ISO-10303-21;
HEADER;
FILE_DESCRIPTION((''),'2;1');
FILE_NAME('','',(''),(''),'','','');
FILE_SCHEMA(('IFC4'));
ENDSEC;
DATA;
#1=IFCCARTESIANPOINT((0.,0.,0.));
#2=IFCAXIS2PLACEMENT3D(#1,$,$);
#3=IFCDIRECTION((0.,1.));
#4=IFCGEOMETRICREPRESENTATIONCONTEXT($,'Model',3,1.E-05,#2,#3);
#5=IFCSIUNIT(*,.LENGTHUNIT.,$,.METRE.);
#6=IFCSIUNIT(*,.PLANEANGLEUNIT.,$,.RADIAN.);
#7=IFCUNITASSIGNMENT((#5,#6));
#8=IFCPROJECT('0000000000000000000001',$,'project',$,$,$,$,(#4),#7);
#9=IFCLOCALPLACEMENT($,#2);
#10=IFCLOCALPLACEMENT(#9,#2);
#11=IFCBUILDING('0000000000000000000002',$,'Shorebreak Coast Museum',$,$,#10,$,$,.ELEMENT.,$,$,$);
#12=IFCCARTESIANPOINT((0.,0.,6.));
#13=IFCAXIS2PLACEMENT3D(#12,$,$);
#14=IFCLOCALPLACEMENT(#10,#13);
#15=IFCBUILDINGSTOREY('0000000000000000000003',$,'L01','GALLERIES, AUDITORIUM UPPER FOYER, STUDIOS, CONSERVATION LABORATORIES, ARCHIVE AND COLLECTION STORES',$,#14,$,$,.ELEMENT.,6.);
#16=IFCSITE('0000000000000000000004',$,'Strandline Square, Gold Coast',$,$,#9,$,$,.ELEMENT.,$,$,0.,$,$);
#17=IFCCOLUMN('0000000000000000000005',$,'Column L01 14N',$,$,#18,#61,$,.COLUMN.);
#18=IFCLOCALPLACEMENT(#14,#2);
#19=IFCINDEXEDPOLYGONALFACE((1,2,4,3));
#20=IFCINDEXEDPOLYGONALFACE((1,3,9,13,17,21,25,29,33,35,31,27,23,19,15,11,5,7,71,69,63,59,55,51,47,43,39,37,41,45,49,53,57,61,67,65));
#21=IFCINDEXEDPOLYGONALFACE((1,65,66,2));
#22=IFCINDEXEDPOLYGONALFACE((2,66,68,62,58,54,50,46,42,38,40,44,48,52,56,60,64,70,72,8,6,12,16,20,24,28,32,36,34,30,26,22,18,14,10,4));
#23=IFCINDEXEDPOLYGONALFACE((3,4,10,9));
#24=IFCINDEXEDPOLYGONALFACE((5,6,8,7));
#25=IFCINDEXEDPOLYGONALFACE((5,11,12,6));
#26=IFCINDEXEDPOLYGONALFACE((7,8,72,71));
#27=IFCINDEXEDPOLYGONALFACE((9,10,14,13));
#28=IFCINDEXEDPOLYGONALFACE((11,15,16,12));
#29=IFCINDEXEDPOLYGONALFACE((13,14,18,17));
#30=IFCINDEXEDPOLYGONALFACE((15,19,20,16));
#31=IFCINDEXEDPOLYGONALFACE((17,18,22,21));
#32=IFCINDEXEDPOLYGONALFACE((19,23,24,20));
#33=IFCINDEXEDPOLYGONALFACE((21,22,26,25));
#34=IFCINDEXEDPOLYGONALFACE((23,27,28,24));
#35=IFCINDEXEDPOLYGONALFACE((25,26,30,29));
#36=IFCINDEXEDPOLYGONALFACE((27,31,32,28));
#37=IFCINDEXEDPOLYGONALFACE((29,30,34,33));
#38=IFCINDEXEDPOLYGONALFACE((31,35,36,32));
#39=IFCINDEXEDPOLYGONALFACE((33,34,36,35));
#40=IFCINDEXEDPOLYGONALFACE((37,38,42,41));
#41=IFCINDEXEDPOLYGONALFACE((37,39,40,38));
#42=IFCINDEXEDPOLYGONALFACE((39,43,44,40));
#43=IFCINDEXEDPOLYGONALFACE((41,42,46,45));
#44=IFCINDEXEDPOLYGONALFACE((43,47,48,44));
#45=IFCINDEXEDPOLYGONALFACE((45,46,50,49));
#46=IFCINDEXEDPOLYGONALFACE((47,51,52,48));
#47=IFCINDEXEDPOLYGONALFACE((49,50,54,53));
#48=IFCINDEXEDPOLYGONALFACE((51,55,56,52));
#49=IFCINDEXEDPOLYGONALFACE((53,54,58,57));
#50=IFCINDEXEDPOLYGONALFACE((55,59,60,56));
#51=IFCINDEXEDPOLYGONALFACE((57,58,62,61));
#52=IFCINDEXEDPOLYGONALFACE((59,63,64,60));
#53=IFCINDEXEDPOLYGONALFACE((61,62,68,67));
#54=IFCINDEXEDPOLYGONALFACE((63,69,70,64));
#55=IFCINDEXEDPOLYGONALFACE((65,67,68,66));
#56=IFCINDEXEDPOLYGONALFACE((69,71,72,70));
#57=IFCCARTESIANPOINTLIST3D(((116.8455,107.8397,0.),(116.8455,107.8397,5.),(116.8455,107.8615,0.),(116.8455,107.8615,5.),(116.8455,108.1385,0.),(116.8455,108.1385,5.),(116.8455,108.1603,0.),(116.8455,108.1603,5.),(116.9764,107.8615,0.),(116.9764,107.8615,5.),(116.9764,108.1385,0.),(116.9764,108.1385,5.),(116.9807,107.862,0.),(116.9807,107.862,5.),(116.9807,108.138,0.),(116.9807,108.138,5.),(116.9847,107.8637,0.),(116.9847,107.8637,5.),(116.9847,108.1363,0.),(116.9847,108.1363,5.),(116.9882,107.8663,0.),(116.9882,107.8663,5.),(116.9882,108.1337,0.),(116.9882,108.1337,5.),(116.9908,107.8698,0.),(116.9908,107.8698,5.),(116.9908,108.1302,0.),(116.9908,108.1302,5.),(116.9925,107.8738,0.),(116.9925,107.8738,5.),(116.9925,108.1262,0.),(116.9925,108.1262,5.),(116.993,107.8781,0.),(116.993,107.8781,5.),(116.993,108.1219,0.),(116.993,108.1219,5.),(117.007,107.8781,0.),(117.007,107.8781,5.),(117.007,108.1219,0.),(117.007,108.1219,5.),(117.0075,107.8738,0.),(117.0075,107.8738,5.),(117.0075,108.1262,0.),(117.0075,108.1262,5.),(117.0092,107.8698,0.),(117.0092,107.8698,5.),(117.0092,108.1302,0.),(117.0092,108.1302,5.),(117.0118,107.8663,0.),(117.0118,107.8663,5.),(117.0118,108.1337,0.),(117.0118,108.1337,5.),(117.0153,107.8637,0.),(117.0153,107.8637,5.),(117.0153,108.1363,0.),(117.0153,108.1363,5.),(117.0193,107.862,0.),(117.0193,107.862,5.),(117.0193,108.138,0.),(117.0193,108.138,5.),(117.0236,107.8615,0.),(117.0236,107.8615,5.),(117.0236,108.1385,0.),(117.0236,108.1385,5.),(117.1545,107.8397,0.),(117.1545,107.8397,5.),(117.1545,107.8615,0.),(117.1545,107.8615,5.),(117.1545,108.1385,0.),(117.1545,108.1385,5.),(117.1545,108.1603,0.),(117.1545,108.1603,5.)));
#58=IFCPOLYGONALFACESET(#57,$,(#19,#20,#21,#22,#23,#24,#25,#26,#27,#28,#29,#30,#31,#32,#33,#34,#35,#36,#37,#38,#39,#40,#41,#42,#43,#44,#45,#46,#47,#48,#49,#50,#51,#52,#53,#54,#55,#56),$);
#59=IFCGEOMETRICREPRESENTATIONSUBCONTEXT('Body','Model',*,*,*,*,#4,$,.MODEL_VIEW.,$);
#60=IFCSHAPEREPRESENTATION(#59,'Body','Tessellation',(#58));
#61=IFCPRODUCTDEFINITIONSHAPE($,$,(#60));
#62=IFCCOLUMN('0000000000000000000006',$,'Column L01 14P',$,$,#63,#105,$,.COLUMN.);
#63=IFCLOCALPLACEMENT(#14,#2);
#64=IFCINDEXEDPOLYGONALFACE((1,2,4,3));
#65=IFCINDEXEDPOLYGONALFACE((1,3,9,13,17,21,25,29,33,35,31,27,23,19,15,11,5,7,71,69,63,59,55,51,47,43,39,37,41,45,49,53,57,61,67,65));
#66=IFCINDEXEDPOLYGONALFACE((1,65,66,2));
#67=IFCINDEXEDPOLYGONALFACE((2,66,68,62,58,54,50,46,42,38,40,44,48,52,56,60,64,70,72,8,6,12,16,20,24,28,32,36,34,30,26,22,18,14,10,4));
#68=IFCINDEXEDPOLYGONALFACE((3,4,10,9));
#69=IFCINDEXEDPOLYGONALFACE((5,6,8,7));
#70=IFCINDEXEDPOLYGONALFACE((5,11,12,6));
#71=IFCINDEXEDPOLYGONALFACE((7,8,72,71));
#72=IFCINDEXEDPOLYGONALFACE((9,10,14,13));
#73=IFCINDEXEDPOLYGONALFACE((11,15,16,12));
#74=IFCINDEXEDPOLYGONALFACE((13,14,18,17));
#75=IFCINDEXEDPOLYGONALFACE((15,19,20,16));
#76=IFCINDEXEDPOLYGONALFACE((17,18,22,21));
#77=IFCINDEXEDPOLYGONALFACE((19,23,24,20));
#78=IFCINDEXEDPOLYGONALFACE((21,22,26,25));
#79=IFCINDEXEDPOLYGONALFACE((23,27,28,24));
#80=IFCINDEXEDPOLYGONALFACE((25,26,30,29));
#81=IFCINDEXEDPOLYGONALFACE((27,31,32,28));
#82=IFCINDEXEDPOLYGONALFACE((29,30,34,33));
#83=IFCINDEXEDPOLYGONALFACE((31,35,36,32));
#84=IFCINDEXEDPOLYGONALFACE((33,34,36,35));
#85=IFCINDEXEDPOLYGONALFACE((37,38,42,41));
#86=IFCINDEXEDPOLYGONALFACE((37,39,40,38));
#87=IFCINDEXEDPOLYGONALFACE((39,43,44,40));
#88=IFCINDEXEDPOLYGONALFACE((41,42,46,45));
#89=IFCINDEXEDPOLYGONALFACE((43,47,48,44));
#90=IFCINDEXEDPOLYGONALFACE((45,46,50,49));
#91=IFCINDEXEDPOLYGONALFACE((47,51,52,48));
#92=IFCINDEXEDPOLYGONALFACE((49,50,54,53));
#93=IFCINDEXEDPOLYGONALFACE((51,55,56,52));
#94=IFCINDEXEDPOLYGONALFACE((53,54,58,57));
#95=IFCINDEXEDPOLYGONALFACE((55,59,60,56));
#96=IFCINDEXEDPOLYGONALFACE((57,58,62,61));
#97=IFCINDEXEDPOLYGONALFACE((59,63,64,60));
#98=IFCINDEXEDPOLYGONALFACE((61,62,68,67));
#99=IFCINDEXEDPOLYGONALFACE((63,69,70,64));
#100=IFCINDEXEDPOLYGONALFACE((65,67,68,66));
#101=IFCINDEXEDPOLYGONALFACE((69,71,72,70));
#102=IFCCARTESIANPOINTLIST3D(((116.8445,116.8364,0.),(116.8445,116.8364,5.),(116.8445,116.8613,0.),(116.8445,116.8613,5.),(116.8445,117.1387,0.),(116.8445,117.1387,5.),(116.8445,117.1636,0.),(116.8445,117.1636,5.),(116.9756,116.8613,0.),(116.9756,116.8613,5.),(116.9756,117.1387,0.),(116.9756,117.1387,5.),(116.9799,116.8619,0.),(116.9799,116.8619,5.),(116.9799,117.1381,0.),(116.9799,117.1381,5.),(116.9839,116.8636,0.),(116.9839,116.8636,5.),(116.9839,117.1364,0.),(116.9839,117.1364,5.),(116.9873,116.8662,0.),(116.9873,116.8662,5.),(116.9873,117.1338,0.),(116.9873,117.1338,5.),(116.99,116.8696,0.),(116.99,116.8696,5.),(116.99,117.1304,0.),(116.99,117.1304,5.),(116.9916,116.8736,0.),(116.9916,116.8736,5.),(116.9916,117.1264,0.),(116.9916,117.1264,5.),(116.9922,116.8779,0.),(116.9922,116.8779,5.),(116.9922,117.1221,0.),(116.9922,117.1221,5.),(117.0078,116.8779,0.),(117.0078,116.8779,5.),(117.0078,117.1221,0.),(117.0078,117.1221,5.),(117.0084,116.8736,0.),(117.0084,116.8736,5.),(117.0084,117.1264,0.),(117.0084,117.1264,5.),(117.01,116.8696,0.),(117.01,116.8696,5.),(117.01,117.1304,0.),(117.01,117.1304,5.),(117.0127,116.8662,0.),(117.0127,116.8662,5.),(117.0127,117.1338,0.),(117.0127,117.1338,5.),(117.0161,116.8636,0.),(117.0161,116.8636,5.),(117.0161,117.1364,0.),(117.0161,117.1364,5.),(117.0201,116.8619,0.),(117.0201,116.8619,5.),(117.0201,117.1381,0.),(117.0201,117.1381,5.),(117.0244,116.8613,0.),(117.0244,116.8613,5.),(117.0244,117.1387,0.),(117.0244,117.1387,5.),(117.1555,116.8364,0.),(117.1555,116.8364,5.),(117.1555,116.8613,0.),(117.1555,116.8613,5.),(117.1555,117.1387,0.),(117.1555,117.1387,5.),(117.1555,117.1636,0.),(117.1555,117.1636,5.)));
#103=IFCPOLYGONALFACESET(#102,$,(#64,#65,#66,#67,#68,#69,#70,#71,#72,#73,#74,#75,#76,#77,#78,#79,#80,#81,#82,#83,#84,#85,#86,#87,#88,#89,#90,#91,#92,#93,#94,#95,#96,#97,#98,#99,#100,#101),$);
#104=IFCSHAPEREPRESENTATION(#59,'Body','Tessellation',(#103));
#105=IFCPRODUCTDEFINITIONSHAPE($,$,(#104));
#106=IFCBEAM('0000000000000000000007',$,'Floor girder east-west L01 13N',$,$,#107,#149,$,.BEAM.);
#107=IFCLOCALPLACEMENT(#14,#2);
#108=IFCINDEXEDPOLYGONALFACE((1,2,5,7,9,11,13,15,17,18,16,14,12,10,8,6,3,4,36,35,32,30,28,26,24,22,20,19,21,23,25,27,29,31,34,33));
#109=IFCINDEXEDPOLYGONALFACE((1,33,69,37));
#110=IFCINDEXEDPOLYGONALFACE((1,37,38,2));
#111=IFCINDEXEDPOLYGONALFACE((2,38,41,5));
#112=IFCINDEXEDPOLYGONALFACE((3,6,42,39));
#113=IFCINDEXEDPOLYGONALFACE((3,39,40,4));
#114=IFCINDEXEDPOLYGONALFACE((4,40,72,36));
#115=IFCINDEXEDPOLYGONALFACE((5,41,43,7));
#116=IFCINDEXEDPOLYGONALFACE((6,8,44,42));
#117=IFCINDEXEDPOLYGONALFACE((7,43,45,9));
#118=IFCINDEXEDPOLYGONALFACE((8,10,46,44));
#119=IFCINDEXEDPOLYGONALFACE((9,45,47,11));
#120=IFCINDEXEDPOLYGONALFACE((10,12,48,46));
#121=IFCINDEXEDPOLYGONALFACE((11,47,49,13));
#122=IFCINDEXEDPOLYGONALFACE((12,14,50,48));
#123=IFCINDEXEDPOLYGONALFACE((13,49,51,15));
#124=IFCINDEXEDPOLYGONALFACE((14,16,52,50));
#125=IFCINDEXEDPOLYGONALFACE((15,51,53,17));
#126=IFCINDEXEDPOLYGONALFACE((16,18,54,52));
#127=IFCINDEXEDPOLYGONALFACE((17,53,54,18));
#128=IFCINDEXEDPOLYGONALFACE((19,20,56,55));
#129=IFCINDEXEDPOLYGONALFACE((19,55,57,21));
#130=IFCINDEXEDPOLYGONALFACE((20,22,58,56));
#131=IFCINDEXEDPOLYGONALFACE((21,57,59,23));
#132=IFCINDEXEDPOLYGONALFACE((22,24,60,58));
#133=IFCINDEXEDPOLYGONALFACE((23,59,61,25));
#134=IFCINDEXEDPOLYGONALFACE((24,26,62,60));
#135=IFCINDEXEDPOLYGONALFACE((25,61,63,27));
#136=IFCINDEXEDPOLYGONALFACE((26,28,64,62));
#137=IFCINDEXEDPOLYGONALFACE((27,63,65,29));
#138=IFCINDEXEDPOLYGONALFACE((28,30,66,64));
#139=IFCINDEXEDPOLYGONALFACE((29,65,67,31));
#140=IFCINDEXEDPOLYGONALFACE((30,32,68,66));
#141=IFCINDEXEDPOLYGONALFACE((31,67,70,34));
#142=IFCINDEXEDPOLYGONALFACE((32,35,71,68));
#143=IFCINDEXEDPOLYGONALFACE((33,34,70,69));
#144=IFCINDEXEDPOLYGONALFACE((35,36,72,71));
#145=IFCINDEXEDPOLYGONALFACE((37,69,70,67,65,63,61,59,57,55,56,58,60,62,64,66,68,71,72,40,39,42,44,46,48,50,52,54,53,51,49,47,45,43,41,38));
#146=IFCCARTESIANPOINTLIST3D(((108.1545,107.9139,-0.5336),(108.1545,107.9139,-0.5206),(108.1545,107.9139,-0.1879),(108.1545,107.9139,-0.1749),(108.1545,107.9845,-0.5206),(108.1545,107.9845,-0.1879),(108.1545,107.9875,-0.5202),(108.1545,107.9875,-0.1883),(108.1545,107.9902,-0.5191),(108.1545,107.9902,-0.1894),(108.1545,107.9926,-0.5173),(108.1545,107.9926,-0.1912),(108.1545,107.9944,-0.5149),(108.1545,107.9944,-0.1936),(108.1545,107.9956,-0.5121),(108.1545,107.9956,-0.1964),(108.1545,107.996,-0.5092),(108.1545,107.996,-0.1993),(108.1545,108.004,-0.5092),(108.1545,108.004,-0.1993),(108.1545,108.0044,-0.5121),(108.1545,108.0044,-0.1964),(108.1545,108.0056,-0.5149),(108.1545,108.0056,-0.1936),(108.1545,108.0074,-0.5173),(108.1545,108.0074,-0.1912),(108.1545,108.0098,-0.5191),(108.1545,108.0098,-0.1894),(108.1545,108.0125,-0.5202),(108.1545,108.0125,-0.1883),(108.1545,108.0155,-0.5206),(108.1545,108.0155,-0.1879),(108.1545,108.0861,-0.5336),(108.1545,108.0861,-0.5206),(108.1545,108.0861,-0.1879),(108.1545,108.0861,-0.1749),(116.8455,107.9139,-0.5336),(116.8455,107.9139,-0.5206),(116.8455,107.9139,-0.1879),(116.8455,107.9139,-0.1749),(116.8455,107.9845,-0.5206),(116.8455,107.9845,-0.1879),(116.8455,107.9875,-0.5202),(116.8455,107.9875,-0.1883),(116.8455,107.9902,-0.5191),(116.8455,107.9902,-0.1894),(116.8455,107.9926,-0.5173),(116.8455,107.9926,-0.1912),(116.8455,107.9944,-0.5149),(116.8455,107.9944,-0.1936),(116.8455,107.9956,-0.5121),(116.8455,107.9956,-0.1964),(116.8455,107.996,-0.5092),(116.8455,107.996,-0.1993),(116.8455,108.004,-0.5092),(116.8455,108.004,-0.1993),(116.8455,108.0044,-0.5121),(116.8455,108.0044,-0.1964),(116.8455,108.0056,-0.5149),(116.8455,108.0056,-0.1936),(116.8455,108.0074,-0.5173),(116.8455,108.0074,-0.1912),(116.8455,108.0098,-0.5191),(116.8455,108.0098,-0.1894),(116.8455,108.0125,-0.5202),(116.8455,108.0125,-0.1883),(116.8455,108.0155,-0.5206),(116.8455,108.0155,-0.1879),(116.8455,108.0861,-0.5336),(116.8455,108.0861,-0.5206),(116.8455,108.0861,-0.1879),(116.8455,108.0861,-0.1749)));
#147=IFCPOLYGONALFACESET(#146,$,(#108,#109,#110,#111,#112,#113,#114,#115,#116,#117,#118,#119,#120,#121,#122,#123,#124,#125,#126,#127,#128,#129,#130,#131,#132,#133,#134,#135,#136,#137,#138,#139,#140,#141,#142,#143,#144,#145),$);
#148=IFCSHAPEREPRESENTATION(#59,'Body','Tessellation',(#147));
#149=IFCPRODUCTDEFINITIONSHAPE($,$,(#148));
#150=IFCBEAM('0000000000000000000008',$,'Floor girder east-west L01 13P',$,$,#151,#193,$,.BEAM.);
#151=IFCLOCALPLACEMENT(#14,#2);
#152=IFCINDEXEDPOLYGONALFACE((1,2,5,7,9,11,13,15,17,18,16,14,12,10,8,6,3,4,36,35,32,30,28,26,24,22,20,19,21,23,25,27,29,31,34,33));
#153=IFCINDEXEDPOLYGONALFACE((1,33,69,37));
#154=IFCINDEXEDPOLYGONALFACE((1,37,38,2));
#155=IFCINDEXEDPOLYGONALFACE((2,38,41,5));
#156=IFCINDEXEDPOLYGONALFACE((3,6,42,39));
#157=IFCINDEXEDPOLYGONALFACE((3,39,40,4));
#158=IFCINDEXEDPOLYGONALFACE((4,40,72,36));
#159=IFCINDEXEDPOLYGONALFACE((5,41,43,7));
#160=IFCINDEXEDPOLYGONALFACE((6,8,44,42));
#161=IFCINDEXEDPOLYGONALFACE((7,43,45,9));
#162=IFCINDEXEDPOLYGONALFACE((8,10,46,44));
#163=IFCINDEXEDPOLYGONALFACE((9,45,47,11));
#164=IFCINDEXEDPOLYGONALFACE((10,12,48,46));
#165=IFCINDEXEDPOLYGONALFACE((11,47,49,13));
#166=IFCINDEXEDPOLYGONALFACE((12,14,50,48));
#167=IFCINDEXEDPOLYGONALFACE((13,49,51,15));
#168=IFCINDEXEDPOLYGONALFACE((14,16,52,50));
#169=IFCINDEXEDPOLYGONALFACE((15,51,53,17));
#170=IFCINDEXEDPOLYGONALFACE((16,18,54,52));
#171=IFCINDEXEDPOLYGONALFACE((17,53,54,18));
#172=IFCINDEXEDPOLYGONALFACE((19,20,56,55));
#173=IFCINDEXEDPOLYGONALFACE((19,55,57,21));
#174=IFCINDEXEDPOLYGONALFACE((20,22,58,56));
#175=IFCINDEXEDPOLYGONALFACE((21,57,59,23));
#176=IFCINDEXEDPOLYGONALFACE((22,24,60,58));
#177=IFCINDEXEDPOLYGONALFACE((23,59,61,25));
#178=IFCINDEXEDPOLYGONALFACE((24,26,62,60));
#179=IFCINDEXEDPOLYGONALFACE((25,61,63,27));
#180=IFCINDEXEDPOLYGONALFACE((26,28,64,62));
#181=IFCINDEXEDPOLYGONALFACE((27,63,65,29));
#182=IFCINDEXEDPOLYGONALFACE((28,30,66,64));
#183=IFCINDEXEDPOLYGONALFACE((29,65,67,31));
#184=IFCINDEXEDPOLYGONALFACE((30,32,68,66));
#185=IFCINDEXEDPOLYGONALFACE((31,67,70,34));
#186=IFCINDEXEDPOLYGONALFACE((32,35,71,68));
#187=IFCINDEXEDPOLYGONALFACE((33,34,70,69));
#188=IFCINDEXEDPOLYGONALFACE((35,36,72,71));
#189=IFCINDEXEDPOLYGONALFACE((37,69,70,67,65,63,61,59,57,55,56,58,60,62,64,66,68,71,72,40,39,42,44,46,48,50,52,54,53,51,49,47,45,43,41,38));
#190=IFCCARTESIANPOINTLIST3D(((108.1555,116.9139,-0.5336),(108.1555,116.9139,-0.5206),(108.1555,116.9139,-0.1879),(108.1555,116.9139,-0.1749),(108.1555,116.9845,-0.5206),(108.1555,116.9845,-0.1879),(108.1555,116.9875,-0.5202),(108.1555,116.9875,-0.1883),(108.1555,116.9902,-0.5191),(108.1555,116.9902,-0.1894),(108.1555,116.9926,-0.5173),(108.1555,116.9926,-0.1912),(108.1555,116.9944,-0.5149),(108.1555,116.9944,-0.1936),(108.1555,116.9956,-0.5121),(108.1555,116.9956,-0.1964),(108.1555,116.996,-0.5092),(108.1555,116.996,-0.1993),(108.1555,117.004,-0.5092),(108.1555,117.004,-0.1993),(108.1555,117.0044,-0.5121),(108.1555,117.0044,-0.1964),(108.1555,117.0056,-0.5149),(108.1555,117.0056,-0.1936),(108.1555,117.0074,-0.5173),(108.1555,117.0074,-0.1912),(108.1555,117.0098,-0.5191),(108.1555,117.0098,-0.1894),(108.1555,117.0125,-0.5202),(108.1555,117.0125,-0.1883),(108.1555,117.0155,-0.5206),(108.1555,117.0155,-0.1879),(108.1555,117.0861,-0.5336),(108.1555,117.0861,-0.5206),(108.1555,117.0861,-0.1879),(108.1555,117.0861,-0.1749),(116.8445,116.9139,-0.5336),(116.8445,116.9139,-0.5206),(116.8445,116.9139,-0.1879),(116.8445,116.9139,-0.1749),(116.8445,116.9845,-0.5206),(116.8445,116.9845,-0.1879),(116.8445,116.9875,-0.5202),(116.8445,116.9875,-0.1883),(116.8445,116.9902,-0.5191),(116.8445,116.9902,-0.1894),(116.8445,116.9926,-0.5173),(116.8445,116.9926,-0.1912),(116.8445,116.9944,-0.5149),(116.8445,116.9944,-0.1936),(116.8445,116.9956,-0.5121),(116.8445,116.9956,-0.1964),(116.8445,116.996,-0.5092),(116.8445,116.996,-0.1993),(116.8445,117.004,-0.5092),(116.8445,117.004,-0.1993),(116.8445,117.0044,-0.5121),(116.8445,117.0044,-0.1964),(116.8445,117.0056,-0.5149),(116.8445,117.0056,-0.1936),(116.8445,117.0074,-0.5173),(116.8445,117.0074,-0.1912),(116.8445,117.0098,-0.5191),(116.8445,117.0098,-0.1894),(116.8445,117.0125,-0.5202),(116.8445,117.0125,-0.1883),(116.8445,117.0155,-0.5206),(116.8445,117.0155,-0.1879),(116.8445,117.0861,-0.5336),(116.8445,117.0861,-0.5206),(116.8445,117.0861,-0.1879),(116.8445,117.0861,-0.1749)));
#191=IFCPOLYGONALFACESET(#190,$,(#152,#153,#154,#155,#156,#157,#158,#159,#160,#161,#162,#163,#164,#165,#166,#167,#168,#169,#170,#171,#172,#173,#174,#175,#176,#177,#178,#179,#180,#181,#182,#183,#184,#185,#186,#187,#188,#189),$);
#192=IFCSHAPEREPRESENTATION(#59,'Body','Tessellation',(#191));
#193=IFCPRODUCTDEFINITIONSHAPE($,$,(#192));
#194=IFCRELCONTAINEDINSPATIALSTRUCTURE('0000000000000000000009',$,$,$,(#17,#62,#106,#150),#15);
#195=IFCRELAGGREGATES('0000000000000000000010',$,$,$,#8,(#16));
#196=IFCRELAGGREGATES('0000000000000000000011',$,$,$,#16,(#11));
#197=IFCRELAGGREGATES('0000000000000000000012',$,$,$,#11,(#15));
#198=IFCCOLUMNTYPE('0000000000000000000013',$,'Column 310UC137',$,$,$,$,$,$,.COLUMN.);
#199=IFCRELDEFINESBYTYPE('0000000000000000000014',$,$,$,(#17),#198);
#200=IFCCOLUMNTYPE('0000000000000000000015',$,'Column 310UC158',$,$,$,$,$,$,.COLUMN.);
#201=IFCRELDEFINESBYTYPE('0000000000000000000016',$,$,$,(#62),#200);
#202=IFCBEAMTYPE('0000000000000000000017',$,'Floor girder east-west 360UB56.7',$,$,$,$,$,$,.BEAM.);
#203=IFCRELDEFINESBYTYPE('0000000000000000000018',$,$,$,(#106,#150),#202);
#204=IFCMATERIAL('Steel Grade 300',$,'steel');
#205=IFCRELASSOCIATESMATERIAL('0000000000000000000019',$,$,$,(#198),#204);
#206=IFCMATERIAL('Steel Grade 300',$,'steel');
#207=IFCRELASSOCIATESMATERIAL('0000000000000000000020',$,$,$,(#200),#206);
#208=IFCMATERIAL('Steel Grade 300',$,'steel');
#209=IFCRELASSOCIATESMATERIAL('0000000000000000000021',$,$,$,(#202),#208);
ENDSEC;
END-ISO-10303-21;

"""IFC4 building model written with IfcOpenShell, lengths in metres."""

from ifc_helpers import new_model, si_unit, direction, frame, origin, origin_2d, place, context, subcontext, project, spatial, i_section, extrude, material, material_profile, profile_set, type_object, element, save


model = new_model("IFC4")

# Units and contexts
model_context = context("Model", 3, precision=1e-05, world=origin(), true_north=direction((0.0, 1.0)))
body_context = subcontext(model_context, "Body", "Model", "MODEL_VIEW")
ifc_project = project(units=[si_unit("LENGTHUNIT", "METRE"), si_unit("PLANEANGLEUNIT", "RADIAN")], contexts=[model_context])

# Site, building, storey
site_placement = place(None, origin())
site = spatial("IfcSite", under=ifc_project, at=site_placement, Name="Strandline Square, Gold Coast", CompositionType="ELEMENT", RefElevation=0.0)
building_placement = place(site_placement, origin())
building = spatial("IfcBuilding", under=site, at=building_placement, Name="Shorebreak Coast Museum", CompositionType="ELEMENT")
storey_placement = place(building_placement, frame((0.0, 0.0, 6.0)))
storey = spatial("IfcBuildingStorey", under=building, at=storey_placement, Name="L01", Description="GALLERIES, AUDITORIUM UPPER FOYER, STUDIOS, CONSERVATION LABORATORIES, ARCHIVE AND COLLECTION STORES", CompositionType="ELEMENT", Elevation=6.0)

# Columns
ifc_material_1 = material(Name="Steel Grade 300", Category="steel")
ifc_material_profile_1 = material_profile(ifc_material_1, i_section(OverallWidth=0.3091, OverallDepth=0.3206, WebThickness=0.0139, FlangeThickness=0.0217, FilletRadius=0.0166, at=origin_2d()), Name="310UC137")
ifc_profile_set_1 = profile_set([ifc_material_profile_1], Name="Steel Grade 300")
column_type_1 = type_object("IfcColumnType", Name="Column 310UC137", PredefinedType="COLUMN", material=ifc_profile_set_1)
column_1_placement = place(storey_placement, frame((117.0, 108.0, 0.0), z_axis=(0.0, 0.0, 1.0), x_axis=(1.0, 0.0, 0.0)))
element("IfcColumn", 1, at=column_1_placement, inside=storey, type_object=column_type_1, Name="Column L01 14N", PredefinedType="COLUMN", context=body_context, shape_type="SweptSolid", body=[
    extrude(i_section(OverallWidth=0.3091, OverallDepth=0.3206, WebThickness=0.0139, FlangeThickness=0.0217, FilletRadius=0.0166, at=origin_2d()), origin(), (0.0, 0.0, 1.0), 5.0),
])
ifc_material_2 = material(Name="Steel Grade 300", Category="steel")
ifc_material_profile_2 = material_profile(ifc_material_2, i_section(OverallWidth=0.311, OverallDepth=0.3271, WebThickness=0.0156, FlangeThickness=0.0249, FilletRadius=0.0166, at=origin_2d()), Name="310UC158")
ifc_profile_set_2 = profile_set([ifc_material_profile_2], Name="Steel Grade 300")
column_type_2 = type_object("IfcColumnType", Name="Column 310UC158", PredefinedType="COLUMN", material=ifc_profile_set_2)
column_2_placement = place(storey_placement, frame((117.0, 117.0, 0.0), z_axis=(0.0, 0.0, 1.0), x_axis=(1.0, 0.0, 0.0)))
element("IfcColumn", 2, at=column_2_placement, inside=storey, type_object=column_type_2, Name="Column L01 14P", PredefinedType="COLUMN", context=body_context, shape_type="SweptSolid", body=[
    extrude(i_section(OverallWidth=0.311, OverallDepth=0.3271, WebThickness=0.0156, FlangeThickness=0.0249, FilletRadius=0.0166, at=origin_2d()), origin(), (0.0, 0.0, 1.0), 5.0),
])

# Beams
ifc_material_3 = material(Name="Steel Grade 300", Category="steel")
ifc_material_profile_3 = material_profile(ifc_material_3, i_section(OverallWidth=0.1721, OverallDepth=0.3586, WebThickness=0.0081, FlangeThickness=0.0129, FilletRadius=0.0115, at=origin_2d()), Name="360UB56.7")
ifc_profile_set_3 = profile_set([ifc_material_profile_3], Name="Steel Grade 300")
beam_type_1 = type_object("IfcBeamType", Name="Floor girder east-west 360UB56.7", PredefinedType="BEAM", material=ifc_profile_set_3)
beam_1_placement = place(storey_placement, frame((108.1545, 108.0, -0.3542), z_axis=(1.0, 0.0, 0.0), x_axis=(0.0, 1.0, 0.0)))
element("IfcBeam", 3, at=beam_1_placement, inside=storey, type_object=beam_type_1, Name="Floor girder east-west L01 13N", PredefinedType="BEAM", context=body_context, shape_type="SweptSolid", body=[
    extrude(i_section(OverallWidth=0.1721, OverallDepth=0.3586, WebThickness=0.0081, FlangeThickness=0.0129, FilletRadius=0.0115, at=origin_2d()), origin(), (0.0, 0.0, 1.0), 8.6909),
])
beam_2_placement = place(storey_placement, frame((108.1555, 117.0, -0.3542), z_axis=(1.0, 0.0, 0.0), x_axis=(0.0, 1.0, 0.0)))
element("IfcBeam", 4, at=beam_2_placement, inside=storey, type_object=beam_type_1, Name="Floor girder east-west L01 13P", PredefinedType="BEAM", context=body_context, shape_type="SweptSolid", body=[
    extrude(i_section(OverallWidth=0.1721, OverallDepth=0.3586, WebThickness=0.0081, FlangeThickness=0.0129, FilletRadius=0.0115, at=origin_2d()), origin(), (0.0, 0.0, 1.0), 8.689),
])

save(model, "model.ifc")
